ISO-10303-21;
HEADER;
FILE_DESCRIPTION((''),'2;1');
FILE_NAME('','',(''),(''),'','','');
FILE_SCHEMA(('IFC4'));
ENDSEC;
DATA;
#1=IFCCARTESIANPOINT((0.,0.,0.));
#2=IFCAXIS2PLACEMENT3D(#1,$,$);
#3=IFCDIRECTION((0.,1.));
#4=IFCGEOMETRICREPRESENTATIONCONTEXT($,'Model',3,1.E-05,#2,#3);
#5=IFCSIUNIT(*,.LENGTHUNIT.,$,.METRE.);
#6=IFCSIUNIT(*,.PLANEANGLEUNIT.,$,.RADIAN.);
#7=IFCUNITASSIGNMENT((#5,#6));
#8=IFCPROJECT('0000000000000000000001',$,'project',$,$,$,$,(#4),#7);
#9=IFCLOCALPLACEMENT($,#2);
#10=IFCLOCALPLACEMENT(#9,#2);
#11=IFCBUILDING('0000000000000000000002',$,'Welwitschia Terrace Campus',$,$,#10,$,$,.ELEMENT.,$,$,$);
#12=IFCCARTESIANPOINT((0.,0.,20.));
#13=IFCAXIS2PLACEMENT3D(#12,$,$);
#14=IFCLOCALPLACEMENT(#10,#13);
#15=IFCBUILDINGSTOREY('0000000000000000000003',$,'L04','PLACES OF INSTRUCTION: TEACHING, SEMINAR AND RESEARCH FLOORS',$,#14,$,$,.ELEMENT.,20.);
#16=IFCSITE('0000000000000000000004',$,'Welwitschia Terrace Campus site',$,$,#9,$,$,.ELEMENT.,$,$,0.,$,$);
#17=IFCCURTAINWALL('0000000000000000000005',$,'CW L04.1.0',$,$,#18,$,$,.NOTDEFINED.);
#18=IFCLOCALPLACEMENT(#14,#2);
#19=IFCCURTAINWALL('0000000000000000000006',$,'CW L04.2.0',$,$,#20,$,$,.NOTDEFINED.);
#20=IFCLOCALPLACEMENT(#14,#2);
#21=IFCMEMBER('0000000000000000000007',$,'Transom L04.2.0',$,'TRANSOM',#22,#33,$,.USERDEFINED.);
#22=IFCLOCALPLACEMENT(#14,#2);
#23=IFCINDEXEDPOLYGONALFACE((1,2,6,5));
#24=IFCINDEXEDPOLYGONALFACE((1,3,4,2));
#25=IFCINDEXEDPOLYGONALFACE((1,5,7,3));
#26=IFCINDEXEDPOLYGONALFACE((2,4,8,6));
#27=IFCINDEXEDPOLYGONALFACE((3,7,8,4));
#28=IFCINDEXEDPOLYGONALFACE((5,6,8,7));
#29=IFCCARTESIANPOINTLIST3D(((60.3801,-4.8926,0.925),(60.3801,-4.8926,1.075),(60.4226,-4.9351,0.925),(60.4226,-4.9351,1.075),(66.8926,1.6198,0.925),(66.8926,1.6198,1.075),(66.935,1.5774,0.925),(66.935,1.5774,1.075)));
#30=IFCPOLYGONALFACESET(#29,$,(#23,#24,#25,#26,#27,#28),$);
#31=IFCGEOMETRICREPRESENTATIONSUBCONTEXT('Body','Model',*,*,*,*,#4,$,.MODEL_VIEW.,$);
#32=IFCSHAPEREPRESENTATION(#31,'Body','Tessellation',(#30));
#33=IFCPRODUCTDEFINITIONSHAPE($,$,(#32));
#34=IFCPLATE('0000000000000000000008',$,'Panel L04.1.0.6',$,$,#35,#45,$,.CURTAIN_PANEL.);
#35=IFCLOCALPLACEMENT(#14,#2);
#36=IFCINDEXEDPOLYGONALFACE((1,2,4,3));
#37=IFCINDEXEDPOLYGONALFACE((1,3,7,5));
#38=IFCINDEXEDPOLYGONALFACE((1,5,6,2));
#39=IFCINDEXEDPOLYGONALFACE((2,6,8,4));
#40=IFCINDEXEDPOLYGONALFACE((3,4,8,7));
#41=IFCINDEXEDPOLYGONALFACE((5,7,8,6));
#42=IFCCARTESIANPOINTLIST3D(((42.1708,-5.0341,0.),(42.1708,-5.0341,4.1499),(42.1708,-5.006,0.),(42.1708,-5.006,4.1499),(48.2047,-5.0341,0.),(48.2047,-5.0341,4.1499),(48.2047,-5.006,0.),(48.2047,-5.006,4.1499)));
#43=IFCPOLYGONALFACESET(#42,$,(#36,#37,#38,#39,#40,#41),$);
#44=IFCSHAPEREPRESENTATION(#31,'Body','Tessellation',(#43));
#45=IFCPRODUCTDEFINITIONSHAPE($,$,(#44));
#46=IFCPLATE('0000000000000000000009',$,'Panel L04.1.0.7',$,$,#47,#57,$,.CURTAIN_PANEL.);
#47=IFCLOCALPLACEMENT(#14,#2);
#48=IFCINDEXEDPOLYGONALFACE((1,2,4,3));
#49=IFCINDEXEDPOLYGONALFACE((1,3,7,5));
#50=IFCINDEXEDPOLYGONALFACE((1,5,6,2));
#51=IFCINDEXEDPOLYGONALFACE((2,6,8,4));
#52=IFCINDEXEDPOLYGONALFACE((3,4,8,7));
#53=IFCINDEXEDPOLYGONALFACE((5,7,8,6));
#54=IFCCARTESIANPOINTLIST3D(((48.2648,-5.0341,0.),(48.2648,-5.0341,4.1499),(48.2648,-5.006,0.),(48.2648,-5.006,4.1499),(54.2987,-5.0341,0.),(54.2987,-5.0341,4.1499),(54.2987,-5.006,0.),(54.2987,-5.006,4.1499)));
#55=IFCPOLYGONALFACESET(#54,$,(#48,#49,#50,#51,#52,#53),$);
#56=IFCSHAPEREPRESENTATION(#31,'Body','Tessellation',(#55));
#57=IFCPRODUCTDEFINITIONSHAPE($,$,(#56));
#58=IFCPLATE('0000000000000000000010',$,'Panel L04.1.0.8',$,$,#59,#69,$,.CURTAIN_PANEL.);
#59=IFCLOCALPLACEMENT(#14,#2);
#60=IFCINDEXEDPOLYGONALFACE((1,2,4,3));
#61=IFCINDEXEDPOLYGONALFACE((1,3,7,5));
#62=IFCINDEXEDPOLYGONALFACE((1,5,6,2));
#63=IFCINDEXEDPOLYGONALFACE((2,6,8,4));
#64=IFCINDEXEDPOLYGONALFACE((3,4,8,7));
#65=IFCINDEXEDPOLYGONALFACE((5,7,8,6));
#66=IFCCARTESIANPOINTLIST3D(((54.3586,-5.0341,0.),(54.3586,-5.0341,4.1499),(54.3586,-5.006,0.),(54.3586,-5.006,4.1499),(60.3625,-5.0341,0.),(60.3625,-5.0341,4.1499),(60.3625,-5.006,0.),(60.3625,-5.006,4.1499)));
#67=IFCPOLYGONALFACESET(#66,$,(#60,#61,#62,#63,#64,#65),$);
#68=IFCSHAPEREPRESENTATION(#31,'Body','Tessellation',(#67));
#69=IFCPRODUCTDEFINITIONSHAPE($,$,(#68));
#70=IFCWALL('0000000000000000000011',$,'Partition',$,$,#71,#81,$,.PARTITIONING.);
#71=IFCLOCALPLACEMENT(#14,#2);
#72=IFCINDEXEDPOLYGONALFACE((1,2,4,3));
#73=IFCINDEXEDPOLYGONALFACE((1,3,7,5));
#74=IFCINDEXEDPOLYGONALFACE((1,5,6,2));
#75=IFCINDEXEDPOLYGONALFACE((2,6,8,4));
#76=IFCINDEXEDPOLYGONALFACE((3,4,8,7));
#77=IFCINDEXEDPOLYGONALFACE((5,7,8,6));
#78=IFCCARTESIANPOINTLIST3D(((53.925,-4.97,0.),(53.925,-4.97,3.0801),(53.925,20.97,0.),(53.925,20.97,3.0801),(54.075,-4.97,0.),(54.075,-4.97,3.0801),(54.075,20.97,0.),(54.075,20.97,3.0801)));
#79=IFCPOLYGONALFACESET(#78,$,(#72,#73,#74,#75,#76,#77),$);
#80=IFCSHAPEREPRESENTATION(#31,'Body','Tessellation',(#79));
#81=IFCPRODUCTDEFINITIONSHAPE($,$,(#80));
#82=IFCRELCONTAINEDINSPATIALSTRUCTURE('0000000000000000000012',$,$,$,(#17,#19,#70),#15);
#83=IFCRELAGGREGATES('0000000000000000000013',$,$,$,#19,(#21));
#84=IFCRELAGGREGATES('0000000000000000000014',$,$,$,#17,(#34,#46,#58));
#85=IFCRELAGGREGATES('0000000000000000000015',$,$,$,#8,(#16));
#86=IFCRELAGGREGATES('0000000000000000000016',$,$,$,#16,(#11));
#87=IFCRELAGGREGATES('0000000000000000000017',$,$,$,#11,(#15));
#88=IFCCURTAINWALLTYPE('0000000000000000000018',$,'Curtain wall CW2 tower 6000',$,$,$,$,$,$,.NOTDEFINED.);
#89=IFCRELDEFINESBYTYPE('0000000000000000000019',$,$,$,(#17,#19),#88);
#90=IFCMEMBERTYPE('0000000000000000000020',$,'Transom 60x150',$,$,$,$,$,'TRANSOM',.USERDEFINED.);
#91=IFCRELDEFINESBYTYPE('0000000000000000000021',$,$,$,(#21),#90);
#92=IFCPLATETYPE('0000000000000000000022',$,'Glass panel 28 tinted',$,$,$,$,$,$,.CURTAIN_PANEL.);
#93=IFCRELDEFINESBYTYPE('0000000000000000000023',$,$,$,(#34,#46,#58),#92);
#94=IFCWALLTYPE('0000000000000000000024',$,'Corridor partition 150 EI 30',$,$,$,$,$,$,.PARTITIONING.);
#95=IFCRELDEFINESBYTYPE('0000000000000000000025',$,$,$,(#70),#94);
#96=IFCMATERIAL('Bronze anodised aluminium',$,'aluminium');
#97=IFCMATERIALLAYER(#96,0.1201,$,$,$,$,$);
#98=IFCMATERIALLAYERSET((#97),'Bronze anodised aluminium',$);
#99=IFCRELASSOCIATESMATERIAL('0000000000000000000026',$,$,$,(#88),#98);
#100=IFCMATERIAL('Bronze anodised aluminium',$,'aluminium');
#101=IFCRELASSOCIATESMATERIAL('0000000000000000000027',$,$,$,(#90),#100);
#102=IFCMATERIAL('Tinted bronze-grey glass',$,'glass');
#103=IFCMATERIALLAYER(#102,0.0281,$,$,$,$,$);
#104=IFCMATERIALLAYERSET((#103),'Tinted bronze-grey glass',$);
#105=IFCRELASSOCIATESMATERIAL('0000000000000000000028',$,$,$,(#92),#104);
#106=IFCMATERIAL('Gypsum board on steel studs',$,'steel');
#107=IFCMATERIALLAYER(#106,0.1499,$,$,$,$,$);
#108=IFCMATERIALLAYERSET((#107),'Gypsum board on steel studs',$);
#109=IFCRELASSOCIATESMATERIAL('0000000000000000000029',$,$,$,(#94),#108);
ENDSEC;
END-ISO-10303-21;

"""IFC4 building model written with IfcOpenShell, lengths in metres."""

from ifc_helpers import new_model, si_unit, direction, frame, frame_2d, origin, origin_2d, place, context, subcontext, project, spatial, rectangle, extrude, material, layer, layer_set, material_profile, profile_set, type_object, element, aggregate, save


model = new_model("IFC4")

# Units and contexts
model_context = context("Model", 3, precision=1e-05, world=origin(), true_north=direction((0.0, 1.0)))
body_context = subcontext(model_context, "Body", "Model", "MODEL_VIEW")
ifc_project = project(units=[si_unit("LENGTHUNIT", "METRE"), si_unit("PLANEANGLEUNIT", "RADIAN")], contexts=[model_context])

# Site, building, storey
site_placement = place(None, origin())
site = spatial("IfcSite", under=ifc_project, at=site_placement, Name="Welwitschia Terrace Campus site", CompositionType="ELEMENT", RefElevation=0.0)
building_placement = place(site_placement, origin())
building = spatial("IfcBuilding", under=site, at=building_placement, Name="Welwitschia Terrace Campus", CompositionType="ELEMENT")
storey_placement = place(building_placement, frame((0.0, 0.0, 20.0)))
storey = spatial("IfcBuildingStorey", under=building, at=storey_placement, Name="L04", Description="PLACES OF INSTRUCTION: TEACHING, SEMINAR AND RESEARCH FLOORS", CompositionType="ELEMENT", Elevation=20.0)

# Curtain wall
ifc_material_1 = material(Name="Bronze anodised aluminium", Category="aluminium")
ifc_layer_1 = layer(ifc_material_1, 0.1201)
ifc_layer_set_1 = layer_set([ifc_layer_1], Name="Bronze anodised aluminium")
curtain_wall_type = type_object("IfcCurtainWallType", Name="Curtain wall CW2 tower 6000", PredefinedType="NOTDEFINED", material=ifc_layer_set_1)
curtain_wall_1_placement = place(storey_placement, origin())
curtain_wall_1 = element("IfcCurtainWall", 1, at=curtain_wall_1_placement, inside=storey, type_object=curtain_wall_type, Name="CW L04.1.0", PredefinedType="NOTDEFINED")

# Curtain wall, member
curtain_wall_2_placement = place(storey_placement, origin())
curtain_wall_2 = element("IfcCurtainWall", 2, at=curtain_wall_2_placement, inside=storey, type_object=curtain_wall_type, Name="CW L04.2.0", PredefinedType="NOTDEFINED")
ifc_material_2 = material(Name="Bronze anodised aluminium", Category="aluminium")
ifc_material_profile_1 = material_profile(ifc_material_2, rectangle(XDim=0.0601, YDim=0.1499, at=origin_2d()))
ifc_profile_set_1 = profile_set([ifc_material_profile_1], Name="Bronze anodised aluminium")
member_type_1 = type_object("IfcMemberType", Name="Transom 60x150", ElementType="TRANSOM", PredefinedType="USERDEFINED", material=ifc_profile_set_1)
member_1_placement = place(storey_placement, frame((60.4014, -4.9138, 1.0), z_axis=(0.707107, 0.707107, 0.0), x_axis=(-0.707107, 0.707107, 0.0)))
member_1 = element("IfcMember", 3, at=member_1_placement, type_object=member_type_1, Name="Transom L04.2.0", ObjectType="TRANSOM", PredefinedType="USERDEFINED", context=body_context, shape_type="SweptSolid", body=[
    extrude(rectangle(XDim=0.0601, YDim=0.1499, at=origin_2d()), origin(), (0.0, 0.0, 1.0), 9.21),
])
aggregate(curtain_wall_2, [member_1])

# Plates
ifc_material_3 = material(Name="Tinted bronze-grey glass", Category="glass")
ifc_layer_2 = layer(ifc_material_3, 0.0281)
ifc_layer_set_2 = layer_set([ifc_layer_2], Name="Tinted bronze-grey glass")
plate_type = type_object("IfcPlateType", Name="Glass panel 28 tinted", PredefinedType="CURTAIN_PANEL", material=ifc_layer_set_2)
plate_1_placement = place(storey_placement, frame((45.1877, -5.02, 0.0), z_axis=(0.0, 0.0, 1.0), x_axis=(1.0, 0.0, 0.0)))
plate_1 = element("IfcPlate", 4, at=plate_1_placement, type_object=plate_type, Name="Panel L04.1.0.6", PredefinedType="CURTAIN_PANEL", context=body_context, shape_type="SweptSolid", body=[
    extrude(rectangle(XDim=6.0339, YDim=0.0281, at=origin_2d()), origin(), (0.0, 0.0, 1.0), 4.1499),
])
plate_2_placement = place(storey_placement, frame((51.2817, -5.02, 0.0), z_axis=(0.0, 0.0, 1.0), x_axis=(1.0, 0.0, 0.0)))
plate_2 = element("IfcPlate", 5, at=plate_2_placement, type_object=plate_type, Name="Panel L04.1.0.7", PredefinedType="CURTAIN_PANEL", context=body_context, shape_type="SweptSolid", body=[
    extrude(rectangle(XDim=6.0339, YDim=0.0281, at=origin_2d()), origin(), (0.0, 0.0, 1.0), 4.1499),
])
plate_3_placement = place(storey_placement, frame((57.3606, -5.02, 0.0), z_axis=(0.0, 0.0, 1.0), x_axis=(1.0, 0.0, 0.0)))
plate_3 = element("IfcPlate", 6, at=plate_3_placement, type_object=plate_type, Name="Panel L04.1.0.8", PredefinedType="CURTAIN_PANEL", context=body_context, shape_type="SweptSolid", body=[
    extrude(rectangle(XDim=6.0039, YDim=0.0281, at=origin_2d()), origin(), (0.0, 0.0, 1.0), 4.1499),
])
aggregate(curtain_wall_1, [plate_1, plate_2, plate_3])

# Wall
ifc_material_4 = material(Name="Gypsum board on steel studs", Category="steel")
ifc_layer_3 = layer(ifc_material_4, 0.1499)
ifc_layer_set_3 = layer_set([ifc_layer_3], Name="Gypsum board on steel studs")
wall_type = type_object("IfcWallType", Name="Corridor partition 150 EI 30", PredefinedType="PARTITIONING", material=ifc_layer_set_3)
wall_placement = place(storey_placement, frame((54.0, -4.97, 0.0), z_axis=(0.0, 0.0, 1.0), x_axis=(0.0, 1.0, 0.0)))
element("IfcWall", 7, at=wall_placement, inside=storey, type_object=wall_type, Name="Partition", PredefinedType="PARTITIONING", context=body_context, shape_type="SweptSolid", body=[
    extrude(rectangle(XDim=25.9399, YDim=0.1499, at=frame_2d((12.97, 0.0))), origin(), (0.0, 0.0, 1.0), 3.0801),
])

save(model, "model.ifc")
